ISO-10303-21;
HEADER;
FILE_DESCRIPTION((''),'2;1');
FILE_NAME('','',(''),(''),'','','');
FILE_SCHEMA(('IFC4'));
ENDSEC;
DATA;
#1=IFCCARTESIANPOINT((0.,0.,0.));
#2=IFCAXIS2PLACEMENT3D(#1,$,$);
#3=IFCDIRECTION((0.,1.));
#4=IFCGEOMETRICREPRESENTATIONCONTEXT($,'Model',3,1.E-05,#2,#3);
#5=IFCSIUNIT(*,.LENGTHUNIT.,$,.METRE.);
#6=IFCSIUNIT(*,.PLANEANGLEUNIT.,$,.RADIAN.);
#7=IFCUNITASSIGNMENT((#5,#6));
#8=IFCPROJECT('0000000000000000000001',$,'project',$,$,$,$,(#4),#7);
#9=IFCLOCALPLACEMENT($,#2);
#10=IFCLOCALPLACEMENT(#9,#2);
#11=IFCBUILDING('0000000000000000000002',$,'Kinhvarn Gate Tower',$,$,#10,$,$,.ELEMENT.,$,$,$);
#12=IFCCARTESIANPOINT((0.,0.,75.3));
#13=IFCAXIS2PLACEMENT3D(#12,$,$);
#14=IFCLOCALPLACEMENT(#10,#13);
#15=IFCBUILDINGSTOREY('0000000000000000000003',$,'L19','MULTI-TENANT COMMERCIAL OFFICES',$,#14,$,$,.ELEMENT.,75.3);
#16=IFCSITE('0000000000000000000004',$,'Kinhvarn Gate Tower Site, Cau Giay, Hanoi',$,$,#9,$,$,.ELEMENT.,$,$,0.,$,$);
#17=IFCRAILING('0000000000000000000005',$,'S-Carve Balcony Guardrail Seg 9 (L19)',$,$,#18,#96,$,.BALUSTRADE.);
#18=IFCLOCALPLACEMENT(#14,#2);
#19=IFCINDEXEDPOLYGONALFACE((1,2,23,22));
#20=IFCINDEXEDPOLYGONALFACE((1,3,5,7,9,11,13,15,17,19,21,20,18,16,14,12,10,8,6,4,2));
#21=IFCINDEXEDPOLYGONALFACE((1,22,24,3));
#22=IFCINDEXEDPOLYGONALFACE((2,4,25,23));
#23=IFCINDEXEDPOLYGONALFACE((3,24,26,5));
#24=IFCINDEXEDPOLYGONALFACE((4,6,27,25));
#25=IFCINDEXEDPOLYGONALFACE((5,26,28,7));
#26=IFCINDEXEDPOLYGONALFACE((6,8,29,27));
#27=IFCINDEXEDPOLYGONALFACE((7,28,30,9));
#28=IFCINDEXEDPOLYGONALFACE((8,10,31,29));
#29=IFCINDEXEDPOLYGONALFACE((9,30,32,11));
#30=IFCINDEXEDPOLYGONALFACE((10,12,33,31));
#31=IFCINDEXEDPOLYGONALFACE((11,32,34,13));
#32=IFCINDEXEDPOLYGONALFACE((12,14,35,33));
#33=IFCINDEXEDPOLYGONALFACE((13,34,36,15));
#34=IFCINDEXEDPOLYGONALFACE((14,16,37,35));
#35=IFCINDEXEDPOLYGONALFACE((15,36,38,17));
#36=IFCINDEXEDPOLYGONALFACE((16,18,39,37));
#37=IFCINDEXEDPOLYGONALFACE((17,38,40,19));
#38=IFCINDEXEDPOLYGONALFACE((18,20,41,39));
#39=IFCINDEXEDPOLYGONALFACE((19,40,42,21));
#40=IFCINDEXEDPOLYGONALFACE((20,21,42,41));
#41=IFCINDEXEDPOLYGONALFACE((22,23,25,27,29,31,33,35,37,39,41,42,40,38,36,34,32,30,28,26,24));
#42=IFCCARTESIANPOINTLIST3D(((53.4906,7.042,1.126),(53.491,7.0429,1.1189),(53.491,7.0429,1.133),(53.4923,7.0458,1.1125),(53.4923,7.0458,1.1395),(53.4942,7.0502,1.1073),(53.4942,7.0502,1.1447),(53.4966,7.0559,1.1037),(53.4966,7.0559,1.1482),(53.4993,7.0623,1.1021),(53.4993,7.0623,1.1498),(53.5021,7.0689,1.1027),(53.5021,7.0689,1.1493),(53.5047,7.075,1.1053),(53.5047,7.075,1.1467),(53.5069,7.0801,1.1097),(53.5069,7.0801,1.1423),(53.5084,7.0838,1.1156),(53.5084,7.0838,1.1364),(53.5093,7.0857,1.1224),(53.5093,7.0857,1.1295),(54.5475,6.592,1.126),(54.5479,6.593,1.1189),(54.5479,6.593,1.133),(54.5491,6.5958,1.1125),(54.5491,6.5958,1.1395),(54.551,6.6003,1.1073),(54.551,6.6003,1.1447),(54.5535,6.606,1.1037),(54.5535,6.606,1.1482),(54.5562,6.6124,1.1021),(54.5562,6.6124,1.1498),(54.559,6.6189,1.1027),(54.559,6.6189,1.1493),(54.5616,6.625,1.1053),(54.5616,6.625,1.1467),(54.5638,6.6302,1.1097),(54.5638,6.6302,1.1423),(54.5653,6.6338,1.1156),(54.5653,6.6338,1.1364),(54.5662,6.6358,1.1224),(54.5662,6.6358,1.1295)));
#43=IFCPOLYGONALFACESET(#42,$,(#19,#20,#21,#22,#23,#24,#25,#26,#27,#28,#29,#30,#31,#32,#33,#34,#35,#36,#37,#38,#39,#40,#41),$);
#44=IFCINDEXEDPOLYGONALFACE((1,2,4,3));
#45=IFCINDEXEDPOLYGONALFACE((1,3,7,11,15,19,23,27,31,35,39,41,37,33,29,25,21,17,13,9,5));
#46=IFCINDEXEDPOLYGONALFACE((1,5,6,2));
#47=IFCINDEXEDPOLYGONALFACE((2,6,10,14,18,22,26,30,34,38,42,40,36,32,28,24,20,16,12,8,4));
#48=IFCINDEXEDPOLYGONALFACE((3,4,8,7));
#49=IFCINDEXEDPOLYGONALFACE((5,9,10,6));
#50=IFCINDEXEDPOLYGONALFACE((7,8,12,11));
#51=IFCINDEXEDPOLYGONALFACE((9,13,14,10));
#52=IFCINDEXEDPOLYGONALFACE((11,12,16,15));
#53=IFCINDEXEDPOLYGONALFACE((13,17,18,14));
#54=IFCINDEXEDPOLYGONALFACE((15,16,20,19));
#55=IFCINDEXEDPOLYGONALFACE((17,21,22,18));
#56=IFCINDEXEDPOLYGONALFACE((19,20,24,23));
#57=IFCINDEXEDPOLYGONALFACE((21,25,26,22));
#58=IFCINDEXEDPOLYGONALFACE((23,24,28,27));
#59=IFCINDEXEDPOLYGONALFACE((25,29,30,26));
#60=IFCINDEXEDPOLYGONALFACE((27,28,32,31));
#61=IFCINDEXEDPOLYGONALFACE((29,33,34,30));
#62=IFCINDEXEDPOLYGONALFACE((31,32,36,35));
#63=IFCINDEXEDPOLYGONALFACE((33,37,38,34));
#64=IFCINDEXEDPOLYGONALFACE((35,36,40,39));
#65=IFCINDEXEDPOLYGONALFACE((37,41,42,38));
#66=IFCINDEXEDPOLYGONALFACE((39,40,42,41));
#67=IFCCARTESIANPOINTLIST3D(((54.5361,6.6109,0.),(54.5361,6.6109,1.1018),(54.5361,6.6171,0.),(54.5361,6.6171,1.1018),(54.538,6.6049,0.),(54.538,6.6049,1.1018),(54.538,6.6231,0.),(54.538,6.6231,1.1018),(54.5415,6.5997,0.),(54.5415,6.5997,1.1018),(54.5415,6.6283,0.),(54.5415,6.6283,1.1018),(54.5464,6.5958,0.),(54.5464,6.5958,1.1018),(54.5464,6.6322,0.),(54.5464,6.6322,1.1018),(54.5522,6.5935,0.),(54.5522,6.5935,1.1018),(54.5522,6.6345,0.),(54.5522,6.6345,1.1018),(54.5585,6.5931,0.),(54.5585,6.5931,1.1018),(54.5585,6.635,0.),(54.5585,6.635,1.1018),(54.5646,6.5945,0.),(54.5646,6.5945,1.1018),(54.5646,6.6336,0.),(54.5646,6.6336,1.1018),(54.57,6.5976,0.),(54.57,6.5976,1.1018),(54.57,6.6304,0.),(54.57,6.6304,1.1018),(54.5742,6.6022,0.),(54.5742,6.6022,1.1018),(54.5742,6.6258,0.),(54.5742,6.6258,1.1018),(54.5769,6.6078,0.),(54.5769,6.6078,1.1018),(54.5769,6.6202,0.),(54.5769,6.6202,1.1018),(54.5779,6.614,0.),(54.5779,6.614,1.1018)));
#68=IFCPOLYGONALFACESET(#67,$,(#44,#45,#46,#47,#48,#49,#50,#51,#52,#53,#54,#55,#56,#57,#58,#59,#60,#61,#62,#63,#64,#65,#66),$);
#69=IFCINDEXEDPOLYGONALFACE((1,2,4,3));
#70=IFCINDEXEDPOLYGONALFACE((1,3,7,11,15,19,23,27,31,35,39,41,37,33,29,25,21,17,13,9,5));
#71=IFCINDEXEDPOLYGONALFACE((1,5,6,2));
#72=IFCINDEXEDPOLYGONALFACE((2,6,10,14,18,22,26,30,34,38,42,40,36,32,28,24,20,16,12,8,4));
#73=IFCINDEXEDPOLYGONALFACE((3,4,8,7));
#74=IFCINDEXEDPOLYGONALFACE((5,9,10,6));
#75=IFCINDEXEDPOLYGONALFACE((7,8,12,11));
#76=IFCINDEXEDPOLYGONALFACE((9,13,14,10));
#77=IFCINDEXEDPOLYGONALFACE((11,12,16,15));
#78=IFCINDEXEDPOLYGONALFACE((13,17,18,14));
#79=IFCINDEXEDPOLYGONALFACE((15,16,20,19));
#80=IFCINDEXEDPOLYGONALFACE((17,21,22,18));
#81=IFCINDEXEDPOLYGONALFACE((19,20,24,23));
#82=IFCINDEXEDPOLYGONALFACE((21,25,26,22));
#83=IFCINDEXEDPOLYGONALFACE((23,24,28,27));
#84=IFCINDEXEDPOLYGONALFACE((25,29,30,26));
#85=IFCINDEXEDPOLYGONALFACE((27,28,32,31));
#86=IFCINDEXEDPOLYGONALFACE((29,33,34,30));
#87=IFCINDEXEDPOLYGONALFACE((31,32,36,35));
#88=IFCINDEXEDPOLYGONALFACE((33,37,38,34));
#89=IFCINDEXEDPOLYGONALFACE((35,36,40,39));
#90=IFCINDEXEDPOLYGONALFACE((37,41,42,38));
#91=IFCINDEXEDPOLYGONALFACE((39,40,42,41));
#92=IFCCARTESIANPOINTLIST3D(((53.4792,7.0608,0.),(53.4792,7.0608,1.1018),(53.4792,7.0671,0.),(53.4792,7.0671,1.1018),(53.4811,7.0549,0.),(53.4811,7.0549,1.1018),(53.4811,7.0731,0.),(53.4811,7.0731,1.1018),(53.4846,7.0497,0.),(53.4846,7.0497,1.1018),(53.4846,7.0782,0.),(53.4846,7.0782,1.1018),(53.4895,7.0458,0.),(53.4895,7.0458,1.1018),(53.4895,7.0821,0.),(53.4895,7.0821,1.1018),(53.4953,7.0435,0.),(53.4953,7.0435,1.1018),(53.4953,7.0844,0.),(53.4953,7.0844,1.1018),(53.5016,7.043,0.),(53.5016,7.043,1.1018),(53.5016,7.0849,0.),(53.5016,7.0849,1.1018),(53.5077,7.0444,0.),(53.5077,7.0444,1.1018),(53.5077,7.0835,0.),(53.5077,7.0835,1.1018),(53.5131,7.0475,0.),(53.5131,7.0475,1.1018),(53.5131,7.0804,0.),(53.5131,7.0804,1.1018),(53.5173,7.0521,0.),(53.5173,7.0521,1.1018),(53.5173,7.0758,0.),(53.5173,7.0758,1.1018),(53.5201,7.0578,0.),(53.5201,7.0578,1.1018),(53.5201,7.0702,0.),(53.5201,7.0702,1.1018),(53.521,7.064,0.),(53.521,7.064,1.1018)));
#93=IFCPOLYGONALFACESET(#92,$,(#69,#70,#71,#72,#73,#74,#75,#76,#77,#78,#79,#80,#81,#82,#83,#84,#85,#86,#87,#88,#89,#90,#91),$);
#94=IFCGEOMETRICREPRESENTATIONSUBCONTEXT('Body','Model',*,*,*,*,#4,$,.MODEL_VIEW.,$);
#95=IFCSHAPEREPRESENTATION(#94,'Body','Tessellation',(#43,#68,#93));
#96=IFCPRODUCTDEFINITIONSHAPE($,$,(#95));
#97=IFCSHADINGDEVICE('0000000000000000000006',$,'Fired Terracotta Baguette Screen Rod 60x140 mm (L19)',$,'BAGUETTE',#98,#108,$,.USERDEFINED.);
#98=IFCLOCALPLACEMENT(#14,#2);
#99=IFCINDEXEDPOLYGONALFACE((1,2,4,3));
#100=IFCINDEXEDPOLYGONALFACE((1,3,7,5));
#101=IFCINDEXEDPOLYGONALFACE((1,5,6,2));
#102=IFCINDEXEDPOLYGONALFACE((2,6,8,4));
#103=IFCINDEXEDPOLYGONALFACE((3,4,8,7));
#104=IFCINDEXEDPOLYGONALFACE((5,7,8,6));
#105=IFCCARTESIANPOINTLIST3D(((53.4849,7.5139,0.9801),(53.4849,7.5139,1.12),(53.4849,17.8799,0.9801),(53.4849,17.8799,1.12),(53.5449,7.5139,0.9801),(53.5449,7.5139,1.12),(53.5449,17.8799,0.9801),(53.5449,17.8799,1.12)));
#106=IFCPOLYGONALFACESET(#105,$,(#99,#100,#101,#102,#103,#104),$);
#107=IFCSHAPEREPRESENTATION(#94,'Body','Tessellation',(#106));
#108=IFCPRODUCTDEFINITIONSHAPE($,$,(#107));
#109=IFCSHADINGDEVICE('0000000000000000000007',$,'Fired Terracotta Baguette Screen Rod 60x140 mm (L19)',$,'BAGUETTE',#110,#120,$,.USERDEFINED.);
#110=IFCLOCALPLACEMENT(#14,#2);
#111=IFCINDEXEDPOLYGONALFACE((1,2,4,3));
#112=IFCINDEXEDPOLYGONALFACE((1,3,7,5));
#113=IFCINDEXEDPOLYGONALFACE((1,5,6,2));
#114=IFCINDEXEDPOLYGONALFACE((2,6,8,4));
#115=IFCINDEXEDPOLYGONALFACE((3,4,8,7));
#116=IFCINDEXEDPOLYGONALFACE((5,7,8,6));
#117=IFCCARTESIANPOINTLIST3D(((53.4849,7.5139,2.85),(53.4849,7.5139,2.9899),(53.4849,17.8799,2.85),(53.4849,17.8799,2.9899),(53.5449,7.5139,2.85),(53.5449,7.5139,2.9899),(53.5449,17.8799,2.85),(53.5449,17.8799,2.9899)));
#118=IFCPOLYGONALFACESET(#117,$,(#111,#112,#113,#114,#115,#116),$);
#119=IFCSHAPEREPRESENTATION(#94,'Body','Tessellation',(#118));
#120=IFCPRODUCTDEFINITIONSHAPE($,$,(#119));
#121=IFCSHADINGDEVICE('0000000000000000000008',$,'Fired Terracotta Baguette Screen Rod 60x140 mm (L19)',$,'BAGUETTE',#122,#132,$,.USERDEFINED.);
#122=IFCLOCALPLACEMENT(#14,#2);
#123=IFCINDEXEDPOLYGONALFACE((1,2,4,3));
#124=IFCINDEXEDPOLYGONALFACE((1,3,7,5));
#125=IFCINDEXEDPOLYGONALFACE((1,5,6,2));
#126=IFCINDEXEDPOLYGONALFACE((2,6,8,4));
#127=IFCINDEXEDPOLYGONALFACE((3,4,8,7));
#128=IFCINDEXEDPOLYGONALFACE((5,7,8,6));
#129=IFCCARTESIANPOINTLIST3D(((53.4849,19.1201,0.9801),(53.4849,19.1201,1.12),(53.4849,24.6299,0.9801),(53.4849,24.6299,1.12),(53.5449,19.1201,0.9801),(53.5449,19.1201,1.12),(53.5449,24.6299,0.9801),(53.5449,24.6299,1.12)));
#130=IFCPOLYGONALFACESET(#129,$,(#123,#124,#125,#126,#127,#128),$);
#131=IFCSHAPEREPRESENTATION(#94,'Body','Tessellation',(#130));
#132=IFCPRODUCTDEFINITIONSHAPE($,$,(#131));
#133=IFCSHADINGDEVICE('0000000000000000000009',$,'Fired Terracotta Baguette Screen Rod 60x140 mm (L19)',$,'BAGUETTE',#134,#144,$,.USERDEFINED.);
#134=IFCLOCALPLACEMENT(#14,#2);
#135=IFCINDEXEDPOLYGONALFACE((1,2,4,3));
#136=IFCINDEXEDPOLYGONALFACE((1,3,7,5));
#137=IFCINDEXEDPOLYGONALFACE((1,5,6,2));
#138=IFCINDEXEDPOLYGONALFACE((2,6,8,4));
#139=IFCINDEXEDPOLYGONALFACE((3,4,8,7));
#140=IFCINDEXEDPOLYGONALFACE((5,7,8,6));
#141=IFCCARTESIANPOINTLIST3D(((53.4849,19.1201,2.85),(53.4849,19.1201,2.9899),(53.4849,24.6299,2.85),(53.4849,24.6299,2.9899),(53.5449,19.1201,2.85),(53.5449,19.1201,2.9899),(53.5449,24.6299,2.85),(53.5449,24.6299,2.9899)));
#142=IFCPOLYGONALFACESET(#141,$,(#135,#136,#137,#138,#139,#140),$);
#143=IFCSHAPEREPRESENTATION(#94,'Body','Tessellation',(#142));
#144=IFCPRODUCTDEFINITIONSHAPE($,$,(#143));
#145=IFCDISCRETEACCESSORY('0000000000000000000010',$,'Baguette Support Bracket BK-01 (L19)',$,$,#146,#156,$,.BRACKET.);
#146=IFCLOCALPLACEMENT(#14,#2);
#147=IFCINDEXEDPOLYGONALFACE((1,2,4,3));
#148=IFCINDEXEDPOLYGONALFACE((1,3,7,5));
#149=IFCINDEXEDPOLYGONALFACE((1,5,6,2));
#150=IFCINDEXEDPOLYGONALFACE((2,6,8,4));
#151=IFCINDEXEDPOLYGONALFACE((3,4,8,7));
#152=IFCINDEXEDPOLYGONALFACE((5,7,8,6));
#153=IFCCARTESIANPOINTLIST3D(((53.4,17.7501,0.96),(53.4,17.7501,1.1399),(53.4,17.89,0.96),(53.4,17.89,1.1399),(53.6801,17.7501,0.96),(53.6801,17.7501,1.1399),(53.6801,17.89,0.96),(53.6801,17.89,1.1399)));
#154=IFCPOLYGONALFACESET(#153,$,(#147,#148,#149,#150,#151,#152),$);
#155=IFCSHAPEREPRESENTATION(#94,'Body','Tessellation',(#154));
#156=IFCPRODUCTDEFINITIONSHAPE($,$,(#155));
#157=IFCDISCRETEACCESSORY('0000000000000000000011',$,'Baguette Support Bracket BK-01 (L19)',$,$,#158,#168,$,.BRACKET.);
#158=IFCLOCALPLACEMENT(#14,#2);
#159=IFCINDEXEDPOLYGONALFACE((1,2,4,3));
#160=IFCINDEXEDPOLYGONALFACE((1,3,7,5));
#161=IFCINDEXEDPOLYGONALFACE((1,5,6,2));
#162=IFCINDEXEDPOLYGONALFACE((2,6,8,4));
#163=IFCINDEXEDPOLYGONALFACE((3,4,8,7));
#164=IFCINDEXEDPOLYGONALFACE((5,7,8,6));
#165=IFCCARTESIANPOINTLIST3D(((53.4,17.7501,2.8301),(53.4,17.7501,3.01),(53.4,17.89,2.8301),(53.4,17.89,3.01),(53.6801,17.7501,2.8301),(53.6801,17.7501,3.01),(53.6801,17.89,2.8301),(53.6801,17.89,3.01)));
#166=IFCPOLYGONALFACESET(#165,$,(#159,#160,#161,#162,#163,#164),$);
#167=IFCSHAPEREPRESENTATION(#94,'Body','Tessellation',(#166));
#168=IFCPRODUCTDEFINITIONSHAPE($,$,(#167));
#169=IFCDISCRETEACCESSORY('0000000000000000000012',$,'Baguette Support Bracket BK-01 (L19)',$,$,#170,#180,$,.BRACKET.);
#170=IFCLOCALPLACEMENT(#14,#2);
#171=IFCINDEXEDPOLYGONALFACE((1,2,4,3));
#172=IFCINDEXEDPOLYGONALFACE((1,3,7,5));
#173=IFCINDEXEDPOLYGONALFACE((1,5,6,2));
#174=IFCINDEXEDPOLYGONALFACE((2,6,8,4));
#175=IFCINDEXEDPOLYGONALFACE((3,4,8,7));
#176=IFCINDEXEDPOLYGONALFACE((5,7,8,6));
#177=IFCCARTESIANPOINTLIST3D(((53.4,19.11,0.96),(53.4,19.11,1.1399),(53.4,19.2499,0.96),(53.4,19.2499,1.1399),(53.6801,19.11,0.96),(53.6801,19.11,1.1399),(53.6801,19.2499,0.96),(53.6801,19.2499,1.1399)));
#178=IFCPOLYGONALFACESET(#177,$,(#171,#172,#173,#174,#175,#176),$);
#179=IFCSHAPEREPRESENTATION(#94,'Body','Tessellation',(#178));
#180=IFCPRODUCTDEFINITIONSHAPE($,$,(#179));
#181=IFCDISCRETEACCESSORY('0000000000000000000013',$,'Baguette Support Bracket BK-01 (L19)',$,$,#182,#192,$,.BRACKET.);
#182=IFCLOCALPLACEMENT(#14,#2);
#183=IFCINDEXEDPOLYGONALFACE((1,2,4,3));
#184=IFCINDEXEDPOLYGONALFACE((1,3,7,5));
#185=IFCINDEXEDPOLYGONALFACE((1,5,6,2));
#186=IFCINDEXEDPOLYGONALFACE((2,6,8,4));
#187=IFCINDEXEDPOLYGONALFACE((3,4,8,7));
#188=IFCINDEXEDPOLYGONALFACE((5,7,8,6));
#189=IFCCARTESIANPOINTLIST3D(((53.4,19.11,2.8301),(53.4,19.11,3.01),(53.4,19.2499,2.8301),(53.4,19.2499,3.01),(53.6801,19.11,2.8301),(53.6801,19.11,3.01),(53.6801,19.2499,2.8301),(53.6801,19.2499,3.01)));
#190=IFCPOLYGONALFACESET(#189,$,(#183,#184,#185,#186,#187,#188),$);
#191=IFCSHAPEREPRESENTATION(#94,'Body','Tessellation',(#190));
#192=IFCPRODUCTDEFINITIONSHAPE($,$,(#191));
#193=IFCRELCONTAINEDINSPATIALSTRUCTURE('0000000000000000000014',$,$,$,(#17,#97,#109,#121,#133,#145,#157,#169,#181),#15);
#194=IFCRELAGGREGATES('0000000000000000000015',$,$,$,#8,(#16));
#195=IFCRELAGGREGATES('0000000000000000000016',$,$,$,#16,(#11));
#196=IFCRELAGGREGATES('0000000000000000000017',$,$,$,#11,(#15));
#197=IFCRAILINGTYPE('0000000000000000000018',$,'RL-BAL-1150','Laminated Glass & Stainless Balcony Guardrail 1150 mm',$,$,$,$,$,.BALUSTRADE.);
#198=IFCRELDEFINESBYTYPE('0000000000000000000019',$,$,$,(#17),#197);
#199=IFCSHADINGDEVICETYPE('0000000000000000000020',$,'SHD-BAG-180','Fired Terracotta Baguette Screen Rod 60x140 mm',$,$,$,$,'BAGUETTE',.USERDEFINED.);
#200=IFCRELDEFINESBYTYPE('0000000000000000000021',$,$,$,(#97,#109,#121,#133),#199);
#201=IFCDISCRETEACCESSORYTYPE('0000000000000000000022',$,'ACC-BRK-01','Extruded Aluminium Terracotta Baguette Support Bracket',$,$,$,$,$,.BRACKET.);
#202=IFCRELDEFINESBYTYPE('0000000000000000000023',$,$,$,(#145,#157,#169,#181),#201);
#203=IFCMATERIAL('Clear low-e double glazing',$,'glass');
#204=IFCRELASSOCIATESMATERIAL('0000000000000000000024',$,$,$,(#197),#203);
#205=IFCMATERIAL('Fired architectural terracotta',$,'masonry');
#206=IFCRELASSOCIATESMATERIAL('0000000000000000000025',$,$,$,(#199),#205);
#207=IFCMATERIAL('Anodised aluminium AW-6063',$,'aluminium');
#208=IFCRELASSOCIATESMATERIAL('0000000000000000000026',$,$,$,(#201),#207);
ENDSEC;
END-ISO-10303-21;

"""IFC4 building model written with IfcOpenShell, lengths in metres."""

from ifc_helpers import new_model, si_unit, direction, frame, origin, origin_2d, place, context, subcontext, project, spatial, rectangle, circle, extrude, material, material_profile, profile_set, type_object, element, save


model = new_model("IFC4")

# Units and contexts
model_context = context("Model", 3, precision=1e-05, world=origin(), true_north=direction((0.0, 1.0)))
body_context = subcontext(model_context, "Body", "Model", "MODEL_VIEW")
ifc_project = project(units=[si_unit("LENGTHUNIT", "METRE"), si_unit("PLANEANGLEUNIT", "RADIAN")], contexts=[model_context])

# Site, building, storey
site_placement = place(None, origin())
site = spatial("IfcSite", under=ifc_project, at=site_placement, Name="Kinhvarn Gate Tower Site, Cau Giay, Hanoi", CompositionType="ELEMENT", RefElevation=0.0)
building_placement = place(site_placement, origin())
building = spatial("IfcBuilding", under=site, at=building_placement, Name="Kinhvarn Gate Tower", CompositionType="ELEMENT")
storey_placement = place(building_placement, frame((0.0, 0.0, 75.3)))
storey = spatial("IfcBuildingStorey", under=building, at=storey_placement, Name="L19", Description="MULTI-TENANT COMMERCIAL OFFICES", CompositionType="ELEMENT", Elevation=75.3)

# Shared definitions
ifc_material_1 = material(Name="Anodised aluminium AW-6063", Category="aluminium")

# Shared definitions
ifc_material_2 = material(Name="Clear low-e double glazing", Category="glass")

# Railing
railing_type = type_object("IfcRailingType", Name="RL-BAL-1150", Description="Laminated Glass & Stainless Balcony Guardrail 1150 mm", PredefinedType="BALUSTRADE", material=ifc_material_2)
railing_placement = place(storey_placement, frame((54.5569, 6.614, 0.0)))
element("IfcRailing", 1, at=railing_placement, inside=storey, type_object=railing_type, Name="S-Carve Balcony Guardrail Seg 9 (L19)", PredefinedType="BALUSTRADE", context=body_context, shape_type="SweptSolid", body=[
    extrude(circle(Radius=0.0239, at=origin_2d()), frame((0.0, 0.0, 1.126), z_axis=(-0.920088, 0.391712, 0.0), x_axis=(-0.391712, -0.920088, 0.0)), (0.0, 0.0, 1.0), 1.1487),
    extrude(circle(Radius=0.021, at=origin_2d()), origin(), (0.0, 0.0, 1.0), 1.1018),
    extrude(circle(Radius=0.021, at=origin_2d()), frame((-1.0569, 0.45, 0.0)), (0.0, 0.0, 1.0), 1.1018),
])

# Shading devices
ifc_material_3 = material(Name="Fired architectural terracotta", Category="masonry")
ifc_material_profile_1 = material_profile(ifc_material_3, rectangle(XDim=0.0601, YDim=0.1399, at=origin_2d()), Name="TC 60x140")
ifc_profile_set_1 = profile_set([ifc_material_profile_1], Name="Fired architectural terracotta")
shading_device_type = type_object("IfcShadingDeviceType", Name="SHD-BAG-180", Description="Fired Terracotta Baguette Screen Rod 60x140 mm", ElementType="BAGUETTE", PredefinedType="USERDEFINED", material=ifc_profile_set_1)
for number, where, z_axis, x_axis, name in (
    (2, (53.5149, 7.5139, 1.05), (0.0, 1.0, 0.0), (-1.0, 0.0, 0.0), "Fired Terracotta Baguette Screen Rod 60x140 mm (L19)"),
    (3, (53.5149, 7.5139, 2.9199), (0.0, 1.0, 0.0), (-1.0, 0.0, 0.0), "Fired Terracotta Baguette Screen Rod 60x140 mm (L19)"),
):
    element("IfcShadingDevice", number, at=place(storey_placement, frame(where, z_axis=z_axis, x_axis=x_axis)), inside=storey, type_object=shading_device_type, Name=name, ObjectType="BAGUETTE", PredefinedType="USERDEFINED", context=body_context, shape_type="SweptSolid", body=[
        extrude(rectangle(XDim=0.0601, YDim=0.1399, at=origin_2d()), origin(), (0.0, 0.0, 1.0), 10.366),
    ])
for number, where, z_axis, x_axis, name in (
    (4, (53.5149, 19.1201, 1.05), (0.0, 1.0, 0.0), (-1.0, 0.0, 0.0), "Fired Terracotta Baguette Screen Rod 60x140 mm (L19)"),
    (5, (53.5149, 19.1201, 2.9199), (0.0, 1.0, 0.0), (-1.0, 0.0, 0.0), "Fired Terracotta Baguette Screen Rod 60x140 mm (L19)"),
):
    element("IfcShadingDevice", number, at=place(storey_placement, frame(where, z_axis=z_axis, x_axis=x_axis)), inside=storey, type_object=shading_device_type, Name=name, ObjectType="BAGUETTE", PredefinedType="USERDEFINED", context=body_context, shape_type="SweptSolid", body=[
        extrude(rectangle(XDim=0.0601, YDim=0.1399, at=origin_2d()), origin(), (0.0, 0.0, 1.0), 5.5098),
    ])

# Discrete accessories
discrete_accessory_type = type_object("IfcDiscreteAccessoryType", Name="ACC-BRK-01", Description="Extruded Aluminium Terracotta Baguette Support Bracket", PredefinedType="BRACKET", material=ifc_material_1)
for number, where, z_axis, x_axis, name in (
    (6, (53.54, 17.8201, 0.96), (0.0, 0.0, 1.0), (0.0, 1.0, 0.0), "Baguette Support Bracket BK-01 (L19)"),
    (7, (53.54, 17.8201, 2.8301), (0.0, 0.0, 1.0), (0.0, 1.0, 0.0), "Baguette Support Bracket BK-01 (L19)"),
    (8, (53.54, 19.1799, 0.96), (0.0, 0.0, 1.0), (0.0, 1.0, 0.0), "Baguette Support Bracket BK-01 (L19)"),
    (9, (53.54, 19.1799, 2.8301), (0.0, 0.0, 1.0), (0.0, 1.0, 0.0), "Baguette Support Bracket BK-01 (L19)"),
):
    element("IfcDiscreteAccessory", number, at=place(storey_placement, frame(where, z_axis=z_axis, x_axis=x_axis)), inside=storey, type_object=discrete_accessory_type, Name=name, PredefinedType="BRACKET", context=body_context, shape_type="SweptSolid", body=[
        extrude(rectangle(XDim=0.1399, YDim=0.28, at=origin_2d()), origin(), (0.0, 0.0, 1.0), 0.1799),
    ])

save(model, "model.ifc")
